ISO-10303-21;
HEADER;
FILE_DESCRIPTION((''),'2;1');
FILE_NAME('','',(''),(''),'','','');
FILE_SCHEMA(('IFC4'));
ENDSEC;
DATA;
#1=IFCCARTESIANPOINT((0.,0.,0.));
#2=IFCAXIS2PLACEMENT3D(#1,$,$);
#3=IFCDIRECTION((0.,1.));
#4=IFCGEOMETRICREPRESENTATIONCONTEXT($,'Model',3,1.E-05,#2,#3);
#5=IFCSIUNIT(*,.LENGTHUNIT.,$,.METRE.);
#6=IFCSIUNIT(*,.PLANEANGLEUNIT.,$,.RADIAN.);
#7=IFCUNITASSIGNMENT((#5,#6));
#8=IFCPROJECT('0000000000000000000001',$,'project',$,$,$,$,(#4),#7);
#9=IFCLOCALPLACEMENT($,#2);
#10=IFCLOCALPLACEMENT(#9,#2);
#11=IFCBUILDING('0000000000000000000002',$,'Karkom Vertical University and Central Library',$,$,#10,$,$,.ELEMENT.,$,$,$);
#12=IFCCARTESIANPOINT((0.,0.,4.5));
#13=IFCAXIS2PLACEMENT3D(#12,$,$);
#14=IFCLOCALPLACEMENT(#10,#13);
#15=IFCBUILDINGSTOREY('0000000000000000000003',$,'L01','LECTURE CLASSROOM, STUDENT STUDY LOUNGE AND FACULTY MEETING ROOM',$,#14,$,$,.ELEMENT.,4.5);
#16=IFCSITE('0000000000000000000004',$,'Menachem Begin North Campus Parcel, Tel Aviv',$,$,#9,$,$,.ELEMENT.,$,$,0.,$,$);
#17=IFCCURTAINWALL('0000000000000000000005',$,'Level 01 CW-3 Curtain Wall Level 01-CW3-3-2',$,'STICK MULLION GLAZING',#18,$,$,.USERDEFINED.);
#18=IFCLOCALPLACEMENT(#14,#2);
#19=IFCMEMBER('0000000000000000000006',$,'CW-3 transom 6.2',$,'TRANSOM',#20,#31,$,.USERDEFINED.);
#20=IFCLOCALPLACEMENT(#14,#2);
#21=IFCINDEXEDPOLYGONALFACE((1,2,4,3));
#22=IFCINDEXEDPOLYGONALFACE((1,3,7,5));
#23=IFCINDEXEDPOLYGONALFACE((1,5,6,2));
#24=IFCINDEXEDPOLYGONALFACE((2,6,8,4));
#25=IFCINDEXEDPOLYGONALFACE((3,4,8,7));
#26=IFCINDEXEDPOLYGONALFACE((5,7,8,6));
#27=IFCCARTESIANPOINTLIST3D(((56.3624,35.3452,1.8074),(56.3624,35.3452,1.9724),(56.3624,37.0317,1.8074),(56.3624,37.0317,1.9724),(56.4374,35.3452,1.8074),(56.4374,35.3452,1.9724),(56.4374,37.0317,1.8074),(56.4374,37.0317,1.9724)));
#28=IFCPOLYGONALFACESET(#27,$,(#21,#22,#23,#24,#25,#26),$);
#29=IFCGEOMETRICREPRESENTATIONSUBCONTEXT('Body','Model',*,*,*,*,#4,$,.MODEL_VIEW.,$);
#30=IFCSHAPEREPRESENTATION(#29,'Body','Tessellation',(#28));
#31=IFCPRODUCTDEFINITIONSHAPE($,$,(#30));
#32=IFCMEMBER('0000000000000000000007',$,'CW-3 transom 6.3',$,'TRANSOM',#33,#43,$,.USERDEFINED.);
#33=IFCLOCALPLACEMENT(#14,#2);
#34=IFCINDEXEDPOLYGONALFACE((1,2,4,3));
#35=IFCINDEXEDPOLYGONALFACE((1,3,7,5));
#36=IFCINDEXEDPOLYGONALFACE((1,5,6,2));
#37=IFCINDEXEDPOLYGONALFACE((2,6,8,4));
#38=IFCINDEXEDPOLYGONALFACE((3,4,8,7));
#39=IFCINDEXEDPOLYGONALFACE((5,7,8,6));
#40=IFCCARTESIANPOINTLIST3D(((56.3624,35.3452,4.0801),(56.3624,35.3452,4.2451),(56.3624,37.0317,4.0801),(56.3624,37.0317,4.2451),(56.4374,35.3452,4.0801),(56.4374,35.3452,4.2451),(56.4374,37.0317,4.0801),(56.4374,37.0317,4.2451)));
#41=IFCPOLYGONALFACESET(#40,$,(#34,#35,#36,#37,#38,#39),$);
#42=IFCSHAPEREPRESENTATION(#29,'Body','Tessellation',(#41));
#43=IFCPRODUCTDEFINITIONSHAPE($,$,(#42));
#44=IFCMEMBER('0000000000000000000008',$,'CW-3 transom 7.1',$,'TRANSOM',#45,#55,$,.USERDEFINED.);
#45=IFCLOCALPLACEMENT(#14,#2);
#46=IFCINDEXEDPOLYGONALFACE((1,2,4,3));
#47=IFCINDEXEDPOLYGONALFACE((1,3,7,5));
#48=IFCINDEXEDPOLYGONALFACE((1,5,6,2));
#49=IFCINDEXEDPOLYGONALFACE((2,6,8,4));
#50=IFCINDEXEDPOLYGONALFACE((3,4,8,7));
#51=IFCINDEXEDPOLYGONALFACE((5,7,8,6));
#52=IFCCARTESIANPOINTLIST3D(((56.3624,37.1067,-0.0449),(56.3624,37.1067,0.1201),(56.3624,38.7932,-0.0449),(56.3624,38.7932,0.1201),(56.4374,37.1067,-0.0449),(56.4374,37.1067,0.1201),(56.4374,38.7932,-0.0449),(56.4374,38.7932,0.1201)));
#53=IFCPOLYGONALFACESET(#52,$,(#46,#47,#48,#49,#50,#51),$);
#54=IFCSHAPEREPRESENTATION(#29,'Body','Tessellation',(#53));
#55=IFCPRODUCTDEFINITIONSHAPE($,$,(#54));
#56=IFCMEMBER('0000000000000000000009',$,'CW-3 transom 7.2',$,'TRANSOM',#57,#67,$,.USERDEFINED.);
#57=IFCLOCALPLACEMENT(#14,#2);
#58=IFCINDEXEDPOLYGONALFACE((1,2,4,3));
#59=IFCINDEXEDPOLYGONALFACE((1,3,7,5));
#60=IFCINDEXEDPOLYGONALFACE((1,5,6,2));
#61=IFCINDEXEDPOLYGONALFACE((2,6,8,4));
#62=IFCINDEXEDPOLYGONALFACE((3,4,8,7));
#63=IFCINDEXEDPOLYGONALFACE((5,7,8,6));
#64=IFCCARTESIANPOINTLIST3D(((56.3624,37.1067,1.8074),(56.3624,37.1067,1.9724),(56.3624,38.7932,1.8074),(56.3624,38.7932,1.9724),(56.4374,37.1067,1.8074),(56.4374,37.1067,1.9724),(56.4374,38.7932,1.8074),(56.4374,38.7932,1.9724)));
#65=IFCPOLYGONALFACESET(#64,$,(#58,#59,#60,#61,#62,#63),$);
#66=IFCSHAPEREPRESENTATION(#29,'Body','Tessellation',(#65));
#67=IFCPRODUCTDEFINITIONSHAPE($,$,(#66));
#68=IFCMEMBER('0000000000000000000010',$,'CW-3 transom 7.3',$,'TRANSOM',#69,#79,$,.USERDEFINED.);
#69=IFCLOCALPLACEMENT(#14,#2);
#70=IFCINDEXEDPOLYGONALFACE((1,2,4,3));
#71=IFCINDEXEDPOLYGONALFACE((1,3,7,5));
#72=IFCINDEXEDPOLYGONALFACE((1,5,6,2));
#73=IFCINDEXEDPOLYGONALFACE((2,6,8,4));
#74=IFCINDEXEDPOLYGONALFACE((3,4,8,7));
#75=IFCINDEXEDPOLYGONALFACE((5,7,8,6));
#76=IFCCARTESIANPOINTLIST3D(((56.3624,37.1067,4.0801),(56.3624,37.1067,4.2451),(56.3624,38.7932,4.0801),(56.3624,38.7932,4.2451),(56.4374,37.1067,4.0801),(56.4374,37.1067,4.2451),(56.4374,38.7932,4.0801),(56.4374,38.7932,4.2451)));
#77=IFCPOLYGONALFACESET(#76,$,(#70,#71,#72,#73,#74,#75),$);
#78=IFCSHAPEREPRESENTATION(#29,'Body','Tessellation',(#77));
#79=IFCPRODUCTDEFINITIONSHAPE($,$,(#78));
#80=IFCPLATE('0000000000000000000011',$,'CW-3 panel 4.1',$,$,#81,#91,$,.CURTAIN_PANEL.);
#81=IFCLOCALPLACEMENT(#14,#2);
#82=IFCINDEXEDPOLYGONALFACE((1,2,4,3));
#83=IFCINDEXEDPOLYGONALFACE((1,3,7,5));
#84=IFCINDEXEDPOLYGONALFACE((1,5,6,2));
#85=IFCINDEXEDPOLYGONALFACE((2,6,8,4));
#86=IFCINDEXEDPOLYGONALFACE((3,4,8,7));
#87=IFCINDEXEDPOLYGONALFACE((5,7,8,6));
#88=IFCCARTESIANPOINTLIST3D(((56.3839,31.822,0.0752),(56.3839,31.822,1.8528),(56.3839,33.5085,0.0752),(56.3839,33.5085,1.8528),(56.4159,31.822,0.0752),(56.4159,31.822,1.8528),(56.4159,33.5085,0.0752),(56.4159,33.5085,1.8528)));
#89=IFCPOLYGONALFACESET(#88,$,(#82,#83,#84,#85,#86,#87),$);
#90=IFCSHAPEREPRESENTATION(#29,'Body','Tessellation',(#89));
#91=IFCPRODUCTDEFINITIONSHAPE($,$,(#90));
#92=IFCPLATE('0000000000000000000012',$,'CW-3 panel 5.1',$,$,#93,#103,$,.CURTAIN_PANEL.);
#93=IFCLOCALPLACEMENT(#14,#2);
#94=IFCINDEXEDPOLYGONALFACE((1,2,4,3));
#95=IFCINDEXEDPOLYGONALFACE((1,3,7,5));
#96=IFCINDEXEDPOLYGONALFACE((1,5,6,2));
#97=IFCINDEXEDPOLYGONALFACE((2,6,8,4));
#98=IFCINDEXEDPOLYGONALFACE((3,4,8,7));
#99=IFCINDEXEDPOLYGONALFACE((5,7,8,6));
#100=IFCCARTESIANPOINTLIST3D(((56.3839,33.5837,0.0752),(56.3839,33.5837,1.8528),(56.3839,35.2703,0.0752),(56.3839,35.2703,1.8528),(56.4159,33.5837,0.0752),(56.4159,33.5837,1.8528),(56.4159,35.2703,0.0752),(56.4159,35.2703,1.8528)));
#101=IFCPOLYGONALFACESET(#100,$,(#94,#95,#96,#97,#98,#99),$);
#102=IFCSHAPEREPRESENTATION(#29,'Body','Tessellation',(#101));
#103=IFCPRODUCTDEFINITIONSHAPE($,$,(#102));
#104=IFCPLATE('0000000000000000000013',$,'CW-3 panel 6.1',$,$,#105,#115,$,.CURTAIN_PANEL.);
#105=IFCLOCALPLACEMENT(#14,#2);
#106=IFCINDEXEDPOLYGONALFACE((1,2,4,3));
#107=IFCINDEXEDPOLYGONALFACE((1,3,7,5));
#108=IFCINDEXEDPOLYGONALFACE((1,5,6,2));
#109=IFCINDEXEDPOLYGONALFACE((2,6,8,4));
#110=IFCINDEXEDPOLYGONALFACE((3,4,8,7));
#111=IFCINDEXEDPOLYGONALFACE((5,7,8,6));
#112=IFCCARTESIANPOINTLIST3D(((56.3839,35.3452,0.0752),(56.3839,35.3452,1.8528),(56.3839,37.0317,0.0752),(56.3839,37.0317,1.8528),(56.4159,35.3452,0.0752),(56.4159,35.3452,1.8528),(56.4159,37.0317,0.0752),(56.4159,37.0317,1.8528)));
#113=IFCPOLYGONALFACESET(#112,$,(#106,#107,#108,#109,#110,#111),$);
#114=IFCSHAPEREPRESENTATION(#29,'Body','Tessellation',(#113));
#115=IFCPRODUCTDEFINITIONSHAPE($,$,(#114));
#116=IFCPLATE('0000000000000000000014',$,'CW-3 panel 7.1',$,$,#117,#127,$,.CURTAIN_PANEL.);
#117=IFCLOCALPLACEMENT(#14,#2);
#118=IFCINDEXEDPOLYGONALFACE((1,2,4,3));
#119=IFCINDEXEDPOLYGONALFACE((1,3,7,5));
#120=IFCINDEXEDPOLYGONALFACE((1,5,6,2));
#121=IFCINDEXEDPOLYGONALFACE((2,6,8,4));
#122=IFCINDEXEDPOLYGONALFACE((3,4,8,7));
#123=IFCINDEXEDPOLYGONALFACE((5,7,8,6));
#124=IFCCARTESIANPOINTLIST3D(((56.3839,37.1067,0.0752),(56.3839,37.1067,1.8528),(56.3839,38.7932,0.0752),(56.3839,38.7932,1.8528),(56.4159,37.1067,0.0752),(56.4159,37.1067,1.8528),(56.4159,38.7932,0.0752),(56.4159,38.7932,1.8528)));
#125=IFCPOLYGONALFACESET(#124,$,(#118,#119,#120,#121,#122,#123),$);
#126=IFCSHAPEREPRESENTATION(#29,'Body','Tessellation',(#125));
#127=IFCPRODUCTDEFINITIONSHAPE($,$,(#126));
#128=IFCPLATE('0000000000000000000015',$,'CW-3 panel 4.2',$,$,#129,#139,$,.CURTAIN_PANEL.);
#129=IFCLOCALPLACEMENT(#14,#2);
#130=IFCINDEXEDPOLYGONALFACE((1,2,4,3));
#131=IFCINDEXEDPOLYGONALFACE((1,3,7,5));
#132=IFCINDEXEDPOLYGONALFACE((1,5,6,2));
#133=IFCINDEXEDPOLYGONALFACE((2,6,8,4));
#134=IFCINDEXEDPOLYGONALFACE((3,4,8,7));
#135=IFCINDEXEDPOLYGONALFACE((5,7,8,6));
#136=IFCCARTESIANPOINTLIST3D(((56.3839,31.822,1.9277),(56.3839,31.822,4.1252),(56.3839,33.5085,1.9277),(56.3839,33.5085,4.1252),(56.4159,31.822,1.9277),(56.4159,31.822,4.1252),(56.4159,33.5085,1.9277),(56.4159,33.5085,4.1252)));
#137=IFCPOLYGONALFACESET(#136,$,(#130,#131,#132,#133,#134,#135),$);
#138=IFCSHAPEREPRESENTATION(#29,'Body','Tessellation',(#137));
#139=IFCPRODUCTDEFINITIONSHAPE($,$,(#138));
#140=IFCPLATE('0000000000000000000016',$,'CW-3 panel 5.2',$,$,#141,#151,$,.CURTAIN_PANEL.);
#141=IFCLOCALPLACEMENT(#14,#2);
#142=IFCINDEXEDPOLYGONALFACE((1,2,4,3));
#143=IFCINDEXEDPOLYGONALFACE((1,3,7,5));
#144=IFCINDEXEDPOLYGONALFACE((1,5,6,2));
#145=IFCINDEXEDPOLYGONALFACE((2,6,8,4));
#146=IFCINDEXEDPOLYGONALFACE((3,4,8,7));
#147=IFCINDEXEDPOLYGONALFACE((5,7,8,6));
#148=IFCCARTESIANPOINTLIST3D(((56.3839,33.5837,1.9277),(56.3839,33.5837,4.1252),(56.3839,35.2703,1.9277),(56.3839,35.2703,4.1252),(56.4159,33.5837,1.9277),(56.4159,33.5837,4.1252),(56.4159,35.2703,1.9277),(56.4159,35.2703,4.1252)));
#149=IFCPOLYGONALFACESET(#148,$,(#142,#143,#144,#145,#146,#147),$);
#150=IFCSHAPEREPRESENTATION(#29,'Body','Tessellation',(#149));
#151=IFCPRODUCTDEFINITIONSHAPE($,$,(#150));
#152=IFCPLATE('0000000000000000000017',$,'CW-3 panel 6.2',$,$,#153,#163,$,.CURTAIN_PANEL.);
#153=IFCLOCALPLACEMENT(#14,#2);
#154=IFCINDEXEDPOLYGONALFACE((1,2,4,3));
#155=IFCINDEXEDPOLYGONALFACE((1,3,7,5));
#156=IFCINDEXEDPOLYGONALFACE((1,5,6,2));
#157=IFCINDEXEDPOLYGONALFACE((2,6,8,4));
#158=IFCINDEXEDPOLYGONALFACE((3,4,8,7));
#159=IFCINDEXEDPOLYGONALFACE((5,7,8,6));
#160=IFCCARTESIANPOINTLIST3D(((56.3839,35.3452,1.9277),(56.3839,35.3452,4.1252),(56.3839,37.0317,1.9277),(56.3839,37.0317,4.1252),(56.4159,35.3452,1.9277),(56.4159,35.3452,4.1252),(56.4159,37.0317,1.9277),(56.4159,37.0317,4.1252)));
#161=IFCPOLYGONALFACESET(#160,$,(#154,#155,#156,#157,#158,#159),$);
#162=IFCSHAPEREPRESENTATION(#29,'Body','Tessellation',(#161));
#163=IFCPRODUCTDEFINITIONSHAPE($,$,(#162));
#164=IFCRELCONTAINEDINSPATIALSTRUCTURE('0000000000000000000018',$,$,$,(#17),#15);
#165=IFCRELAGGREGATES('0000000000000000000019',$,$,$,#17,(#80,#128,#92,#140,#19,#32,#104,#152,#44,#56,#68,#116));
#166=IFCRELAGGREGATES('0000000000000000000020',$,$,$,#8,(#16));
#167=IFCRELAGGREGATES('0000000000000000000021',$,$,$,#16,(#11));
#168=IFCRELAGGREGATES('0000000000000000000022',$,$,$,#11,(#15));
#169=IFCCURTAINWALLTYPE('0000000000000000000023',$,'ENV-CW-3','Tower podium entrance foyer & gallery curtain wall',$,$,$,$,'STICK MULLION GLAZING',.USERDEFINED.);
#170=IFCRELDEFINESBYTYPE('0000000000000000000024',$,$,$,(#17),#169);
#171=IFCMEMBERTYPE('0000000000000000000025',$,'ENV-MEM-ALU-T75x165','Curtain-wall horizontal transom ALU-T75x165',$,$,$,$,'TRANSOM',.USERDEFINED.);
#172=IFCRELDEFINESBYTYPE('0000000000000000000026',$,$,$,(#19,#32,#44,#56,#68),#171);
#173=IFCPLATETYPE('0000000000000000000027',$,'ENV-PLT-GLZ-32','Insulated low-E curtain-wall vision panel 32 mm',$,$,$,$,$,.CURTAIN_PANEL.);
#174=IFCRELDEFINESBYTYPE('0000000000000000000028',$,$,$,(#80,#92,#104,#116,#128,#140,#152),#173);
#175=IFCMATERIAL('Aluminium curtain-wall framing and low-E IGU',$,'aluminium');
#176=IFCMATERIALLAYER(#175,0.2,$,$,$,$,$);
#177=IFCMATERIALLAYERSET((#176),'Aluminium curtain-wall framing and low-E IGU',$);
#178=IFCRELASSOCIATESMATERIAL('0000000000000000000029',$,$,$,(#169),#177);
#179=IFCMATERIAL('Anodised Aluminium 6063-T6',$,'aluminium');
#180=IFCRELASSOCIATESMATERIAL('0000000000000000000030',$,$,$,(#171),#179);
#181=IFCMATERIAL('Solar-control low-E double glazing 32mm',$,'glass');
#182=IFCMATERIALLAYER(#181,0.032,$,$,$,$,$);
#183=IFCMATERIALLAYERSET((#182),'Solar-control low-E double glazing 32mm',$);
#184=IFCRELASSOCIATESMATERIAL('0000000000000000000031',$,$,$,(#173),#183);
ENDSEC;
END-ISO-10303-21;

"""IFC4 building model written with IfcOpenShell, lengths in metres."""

from ifc_helpers import new_model, si_unit, direction, frame, origin, origin_with_axes, origin_2d, place, context, subcontext, project, spatial, rectangle, extrude, source, transform, mapped, material, layer, layer_set, material_profile, profile_set, type_object, element, aggregate, save


model = new_model("IFC4")

# Units and contexts
model_context = context("Model", 3, precision=1e-05, world=origin(), true_north=direction((0.0, 1.0)))
body_context = subcontext(model_context, "Body", "Model", "MODEL_VIEW")
ifc_project = project(units=[si_unit("LENGTHUNIT", "METRE"), si_unit("PLANEANGLEUNIT", "RADIAN")], contexts=[model_context])

# Site, building, storey
site_placement = place(None, origin())
site = spatial("IfcSite", under=ifc_project, at=site_placement, Name="Menachem Begin North Campus Parcel, Tel Aviv", CompositionType="ELEMENT", RefElevation=0.0)
building_placement = place(site_placement, origin())
building = spatial("IfcBuilding", under=site, at=building_placement, Name="Karkom Vertical University and Central Library", CompositionType="ELEMENT")
storey_placement = place(building_placement, frame((0.0, 0.0, 4.5)))
storey = spatial("IfcBuildingStorey", under=building, at=storey_placement, Name="L01", Description="LECTURE CLASSROOM, STUDENT STUDY LOUNGE AND FACULTY MEETING ROOM", CompositionType="ELEMENT", Elevation=4.5)

# Curtain wall
ifc_material_1 = material(Name="Aluminium curtain-wall framing and low-E IGU", Category="aluminium")
ifc_layer_1 = layer(ifc_material_1, 0.2)
ifc_layer_set_1 = layer_set([ifc_layer_1], Name="Aluminium curtain-wall framing and low-E IGU")
curtain_wall_type_1 = type_object("IfcCurtainWallType", Name="ENV-CW-3", Description="Tower podium entrance foyer & gallery curtain wall", ElementType="STICK MULLION GLAZING", PredefinedType="USERDEFINED", material=ifc_layer_set_1)
curtain_wall_1_placement = place(storey_placement, origin())
curtain_wall_1 = element("IfcCurtainWall", 1, at=curtain_wall_1_placement, inside=storey, type_object=curtain_wall_type_1, Name="Level 01 CW-3 Curtain Wall Level 01-CW3-3-2", ObjectType="STICK MULLION GLAZING", PredefinedType="USERDEFINED")
ifc_material_2 = material(Name="Anodised Aluminium 6063-T6", Category="aluminium")

# Members
ifc_material_profile_1 = material_profile(ifc_material_2, rectangle(XDim=0.075, YDim=0.165, at=origin_2d()), Name="ALU-T75x165")
ifc_profile_set_1 = profile_set([ifc_material_profile_1], Name="Anodised Aluminium 6063-T6")
member_type_1 = type_object("IfcMemberType", Name="ENV-MEM-ALU-T75x165", Description="Curtain-wall horizontal transom ALU-T75x165", ElementType="TRANSOM", PredefinedType="USERDEFINED", material=ifc_profile_set_1)
shared_shape_1 = source(origin_with_axes(), body_context, "Body", "SweptSolid", [
    extrude(rectangle(XDim=0.075, YDim=0.165, at=origin_2d()), origin(), (0.0, 0.0, 1.0), 1.6865),
])
member_1_placement = place(storey_placement, frame((56.3999, 35.3452, 1.8899), z_axis=(0.0, 1.0, 0.0), x_axis=(-1.0, 0.0, 0.0)))
member_1 = element("IfcMember", 2, at=member_1_placement, type_object=member_type_1, Name="CW-3 transom 6.2", ObjectType="TRANSOM", PredefinedType="USERDEFINED", context=body_context, shape_type="MappedRepresentation", body=[
    mapped(shared_shape_1, transform((0.0, 0.0, 0.0), scale=1.0)),
])
member_2_placement = place(storey_placement, frame((56.3999, 35.3452, 4.1626), z_axis=(0.0, 1.0, 0.0), x_axis=(-1.0, 0.0, 0.0)))
member_2 = element("IfcMember", 3, at=member_2_placement, type_object=member_type_1, Name="CW-3 transom 6.3", ObjectType="TRANSOM", PredefinedType="USERDEFINED", context=body_context, shape_type="MappedRepresentation", body=[
    mapped(shared_shape_1, transform((0.0, 0.0, 0.0), scale=1.0)),
])
member_3_placement = place(storey_placement, frame((56.3999, 37.1067, 0.0376), z_axis=(0.0, 1.0, 0.0), x_axis=(-1.0, 0.0, 0.0)))
member_3 = element("IfcMember", 4, at=member_3_placement, type_object=member_type_1, Name="CW-3 transom 7.1", ObjectType="TRANSOM", PredefinedType="USERDEFINED", context=body_context, shape_type="MappedRepresentation", body=[
    mapped(shared_shape_1, transform((0.0, 0.0, 0.0), scale=1.0)),
])
member_4_placement = place(storey_placement, frame((56.3999, 37.1067, 1.8899), z_axis=(0.0, 1.0, 0.0), x_axis=(-1.0, 0.0, 0.0)))
member_4 = element("IfcMember", 5, at=member_4_placement, type_object=member_type_1, Name="CW-3 transom 7.2", ObjectType="TRANSOM", PredefinedType="USERDEFINED", context=body_context, shape_type="MappedRepresentation", body=[
    mapped(shared_shape_1, transform((0.0, 0.0, 0.0), scale=1.0)),
])
member_5_placement = place(storey_placement, frame((56.3999, 37.1067, 4.1626), z_axis=(0.0, 1.0, 0.0), x_axis=(-1.0, 0.0, 0.0)))
member_5 = element("IfcMember", 6, at=member_5_placement, type_object=member_type_1, Name="CW-3 transom 7.3", ObjectType="TRANSOM", PredefinedType="USERDEFINED", context=body_context, shape_type="MappedRepresentation", body=[
    mapped(shared_shape_1, transform((0.0, 0.0, 0.0), scale=1.0)),
])

# Plates
ifc_material_3 = material(Name="Solar-control low-E double glazing 32mm", Category="glass")
ifc_layer_2 = layer(ifc_material_3, 0.032)
ifc_layer_set_2 = layer_set([ifc_layer_2], Name="Solar-control low-E double glazing 32mm")
plate_type = type_object("IfcPlateType", Name="ENV-PLT-GLZ-32", Description="Insulated low-E curtain-wall vision panel 32 mm", PredefinedType="CURTAIN_PANEL", material=ifc_layer_set_2)
shared_shape_2 = source(origin_with_axes(), body_context, "Body", "SweptSolid", [
    extrude(rectangle(XDim=1.6865, YDim=0.032, at=origin_2d()), origin(), (0.0, 0.0, 1.0), 1.7776),
])
plate_1_placement = place(storey_placement, frame((56.3999, 32.6653, 0.0752), z_axis=(0.0, 0.0, 1.0), x_axis=(0.0, 1.0, 0.0)))
plate_1 = element("IfcPlate", 7, at=plate_1_placement, type_object=plate_type, Name="CW-3 panel 4.1", PredefinedType="CURTAIN_PANEL", context=body_context, shape_type="MappedRepresentation", body=[
    mapped(shared_shape_2, transform((0.0, 0.0, 0.0), scale=1.0)),
])
plate_2_placement = place(storey_placement, frame((56.3999, 34.427, 0.0752), z_axis=(0.0, 0.0, 1.0), x_axis=(0.0, 1.0, 0.0)))
plate_2 = element("IfcPlate", 8, at=plate_2_placement, type_object=plate_type, Name="CW-3 panel 5.1", PredefinedType="CURTAIN_PANEL", context=body_context, shape_type="MappedRepresentation", body=[
    mapped(shared_shape_2, transform((0.0, 0.0, 0.0), scale=1.0)),
])
plate_3_placement = place(storey_placement, frame((56.3999, 36.1885, 0.0752), z_axis=(0.0, 0.0, 1.0), x_axis=(0.0, 1.0, 0.0)))
plate_3 = element("IfcPlate", 9, at=plate_3_placement, type_object=plate_type, Name="CW-3 panel 6.1", PredefinedType="CURTAIN_PANEL", context=body_context, shape_type="MappedRepresentation", body=[
    mapped(shared_shape_2, transform((0.0, 0.0, 0.0), scale=1.0)),
])
plate_4_placement = place(storey_placement, frame((56.3999, 37.95, 0.0752), z_axis=(0.0, 0.0, 1.0), x_axis=(0.0, 1.0, 0.0)))
plate_4 = element("IfcPlate", 10, at=plate_4_placement, type_object=plate_type, Name="CW-3 panel 7.1", PredefinedType="CURTAIN_PANEL", context=body_context, shape_type="MappedRepresentation", body=[
    mapped(shared_shape_2, transform((0.0, 0.0, 0.0), scale=1.0)),
])
shared_shape_3 = source(origin_with_axes(), body_context, "Body", "SweptSolid", [
    extrude(rectangle(XDim=1.6865, YDim=0.032, at=origin_2d()), origin(), (0.0, 0.0, 1.0), 2.1975),
])
plate_5_placement = place(storey_placement, frame((56.3999, 32.6653, 1.9277), z_axis=(0.0, 0.0, 1.0), x_axis=(0.0, 1.0, 0.0)))
plate_5 = element("IfcPlate", 11, at=plate_5_placement, type_object=plate_type, Name="CW-3 panel 4.2", PredefinedType="CURTAIN_PANEL", context=body_context, shape_type="MappedRepresentation", body=[
    mapped(shared_shape_3, transform((0.0, 0.0, 0.0), scale=1.0)),
])
plate_6_placement = place(storey_placement, frame((56.3999, 34.427, 1.9277), z_axis=(0.0, 0.0, 1.0), x_axis=(0.0, 1.0, 0.0)))
plate_6 = element("IfcPlate", 12, at=plate_6_placement, type_object=plate_type, Name="CW-3 panel 5.2", PredefinedType="CURTAIN_PANEL", context=body_context, shape_type="MappedRepresentation", body=[
    mapped(shared_shape_3, transform((0.0, 0.0, 0.0), scale=1.0)),
])
plate_7_placement = place(storey_placement, frame((56.3999, 36.1885, 1.9277), z_axis=(0.0, 0.0, 1.0), x_axis=(0.0, 1.0, 0.0)))
plate_7 = element("IfcPlate", 13, at=plate_7_placement, type_object=plate_type, Name="CW-3 panel 6.2", PredefinedType="CURTAIN_PANEL", context=body_context, shape_type="MappedRepresentation", body=[
    mapped(shared_shape_3, transform((0.0, 0.0, 0.0), scale=1.0)),
])
aggregate(curtain_wall_1, [plate_1, plate_5, plate_2, plate_6, member_1, member_2, plate_3, plate_7, member_3, member_4, member_5, plate_4])

save(model, "model.ifc")
